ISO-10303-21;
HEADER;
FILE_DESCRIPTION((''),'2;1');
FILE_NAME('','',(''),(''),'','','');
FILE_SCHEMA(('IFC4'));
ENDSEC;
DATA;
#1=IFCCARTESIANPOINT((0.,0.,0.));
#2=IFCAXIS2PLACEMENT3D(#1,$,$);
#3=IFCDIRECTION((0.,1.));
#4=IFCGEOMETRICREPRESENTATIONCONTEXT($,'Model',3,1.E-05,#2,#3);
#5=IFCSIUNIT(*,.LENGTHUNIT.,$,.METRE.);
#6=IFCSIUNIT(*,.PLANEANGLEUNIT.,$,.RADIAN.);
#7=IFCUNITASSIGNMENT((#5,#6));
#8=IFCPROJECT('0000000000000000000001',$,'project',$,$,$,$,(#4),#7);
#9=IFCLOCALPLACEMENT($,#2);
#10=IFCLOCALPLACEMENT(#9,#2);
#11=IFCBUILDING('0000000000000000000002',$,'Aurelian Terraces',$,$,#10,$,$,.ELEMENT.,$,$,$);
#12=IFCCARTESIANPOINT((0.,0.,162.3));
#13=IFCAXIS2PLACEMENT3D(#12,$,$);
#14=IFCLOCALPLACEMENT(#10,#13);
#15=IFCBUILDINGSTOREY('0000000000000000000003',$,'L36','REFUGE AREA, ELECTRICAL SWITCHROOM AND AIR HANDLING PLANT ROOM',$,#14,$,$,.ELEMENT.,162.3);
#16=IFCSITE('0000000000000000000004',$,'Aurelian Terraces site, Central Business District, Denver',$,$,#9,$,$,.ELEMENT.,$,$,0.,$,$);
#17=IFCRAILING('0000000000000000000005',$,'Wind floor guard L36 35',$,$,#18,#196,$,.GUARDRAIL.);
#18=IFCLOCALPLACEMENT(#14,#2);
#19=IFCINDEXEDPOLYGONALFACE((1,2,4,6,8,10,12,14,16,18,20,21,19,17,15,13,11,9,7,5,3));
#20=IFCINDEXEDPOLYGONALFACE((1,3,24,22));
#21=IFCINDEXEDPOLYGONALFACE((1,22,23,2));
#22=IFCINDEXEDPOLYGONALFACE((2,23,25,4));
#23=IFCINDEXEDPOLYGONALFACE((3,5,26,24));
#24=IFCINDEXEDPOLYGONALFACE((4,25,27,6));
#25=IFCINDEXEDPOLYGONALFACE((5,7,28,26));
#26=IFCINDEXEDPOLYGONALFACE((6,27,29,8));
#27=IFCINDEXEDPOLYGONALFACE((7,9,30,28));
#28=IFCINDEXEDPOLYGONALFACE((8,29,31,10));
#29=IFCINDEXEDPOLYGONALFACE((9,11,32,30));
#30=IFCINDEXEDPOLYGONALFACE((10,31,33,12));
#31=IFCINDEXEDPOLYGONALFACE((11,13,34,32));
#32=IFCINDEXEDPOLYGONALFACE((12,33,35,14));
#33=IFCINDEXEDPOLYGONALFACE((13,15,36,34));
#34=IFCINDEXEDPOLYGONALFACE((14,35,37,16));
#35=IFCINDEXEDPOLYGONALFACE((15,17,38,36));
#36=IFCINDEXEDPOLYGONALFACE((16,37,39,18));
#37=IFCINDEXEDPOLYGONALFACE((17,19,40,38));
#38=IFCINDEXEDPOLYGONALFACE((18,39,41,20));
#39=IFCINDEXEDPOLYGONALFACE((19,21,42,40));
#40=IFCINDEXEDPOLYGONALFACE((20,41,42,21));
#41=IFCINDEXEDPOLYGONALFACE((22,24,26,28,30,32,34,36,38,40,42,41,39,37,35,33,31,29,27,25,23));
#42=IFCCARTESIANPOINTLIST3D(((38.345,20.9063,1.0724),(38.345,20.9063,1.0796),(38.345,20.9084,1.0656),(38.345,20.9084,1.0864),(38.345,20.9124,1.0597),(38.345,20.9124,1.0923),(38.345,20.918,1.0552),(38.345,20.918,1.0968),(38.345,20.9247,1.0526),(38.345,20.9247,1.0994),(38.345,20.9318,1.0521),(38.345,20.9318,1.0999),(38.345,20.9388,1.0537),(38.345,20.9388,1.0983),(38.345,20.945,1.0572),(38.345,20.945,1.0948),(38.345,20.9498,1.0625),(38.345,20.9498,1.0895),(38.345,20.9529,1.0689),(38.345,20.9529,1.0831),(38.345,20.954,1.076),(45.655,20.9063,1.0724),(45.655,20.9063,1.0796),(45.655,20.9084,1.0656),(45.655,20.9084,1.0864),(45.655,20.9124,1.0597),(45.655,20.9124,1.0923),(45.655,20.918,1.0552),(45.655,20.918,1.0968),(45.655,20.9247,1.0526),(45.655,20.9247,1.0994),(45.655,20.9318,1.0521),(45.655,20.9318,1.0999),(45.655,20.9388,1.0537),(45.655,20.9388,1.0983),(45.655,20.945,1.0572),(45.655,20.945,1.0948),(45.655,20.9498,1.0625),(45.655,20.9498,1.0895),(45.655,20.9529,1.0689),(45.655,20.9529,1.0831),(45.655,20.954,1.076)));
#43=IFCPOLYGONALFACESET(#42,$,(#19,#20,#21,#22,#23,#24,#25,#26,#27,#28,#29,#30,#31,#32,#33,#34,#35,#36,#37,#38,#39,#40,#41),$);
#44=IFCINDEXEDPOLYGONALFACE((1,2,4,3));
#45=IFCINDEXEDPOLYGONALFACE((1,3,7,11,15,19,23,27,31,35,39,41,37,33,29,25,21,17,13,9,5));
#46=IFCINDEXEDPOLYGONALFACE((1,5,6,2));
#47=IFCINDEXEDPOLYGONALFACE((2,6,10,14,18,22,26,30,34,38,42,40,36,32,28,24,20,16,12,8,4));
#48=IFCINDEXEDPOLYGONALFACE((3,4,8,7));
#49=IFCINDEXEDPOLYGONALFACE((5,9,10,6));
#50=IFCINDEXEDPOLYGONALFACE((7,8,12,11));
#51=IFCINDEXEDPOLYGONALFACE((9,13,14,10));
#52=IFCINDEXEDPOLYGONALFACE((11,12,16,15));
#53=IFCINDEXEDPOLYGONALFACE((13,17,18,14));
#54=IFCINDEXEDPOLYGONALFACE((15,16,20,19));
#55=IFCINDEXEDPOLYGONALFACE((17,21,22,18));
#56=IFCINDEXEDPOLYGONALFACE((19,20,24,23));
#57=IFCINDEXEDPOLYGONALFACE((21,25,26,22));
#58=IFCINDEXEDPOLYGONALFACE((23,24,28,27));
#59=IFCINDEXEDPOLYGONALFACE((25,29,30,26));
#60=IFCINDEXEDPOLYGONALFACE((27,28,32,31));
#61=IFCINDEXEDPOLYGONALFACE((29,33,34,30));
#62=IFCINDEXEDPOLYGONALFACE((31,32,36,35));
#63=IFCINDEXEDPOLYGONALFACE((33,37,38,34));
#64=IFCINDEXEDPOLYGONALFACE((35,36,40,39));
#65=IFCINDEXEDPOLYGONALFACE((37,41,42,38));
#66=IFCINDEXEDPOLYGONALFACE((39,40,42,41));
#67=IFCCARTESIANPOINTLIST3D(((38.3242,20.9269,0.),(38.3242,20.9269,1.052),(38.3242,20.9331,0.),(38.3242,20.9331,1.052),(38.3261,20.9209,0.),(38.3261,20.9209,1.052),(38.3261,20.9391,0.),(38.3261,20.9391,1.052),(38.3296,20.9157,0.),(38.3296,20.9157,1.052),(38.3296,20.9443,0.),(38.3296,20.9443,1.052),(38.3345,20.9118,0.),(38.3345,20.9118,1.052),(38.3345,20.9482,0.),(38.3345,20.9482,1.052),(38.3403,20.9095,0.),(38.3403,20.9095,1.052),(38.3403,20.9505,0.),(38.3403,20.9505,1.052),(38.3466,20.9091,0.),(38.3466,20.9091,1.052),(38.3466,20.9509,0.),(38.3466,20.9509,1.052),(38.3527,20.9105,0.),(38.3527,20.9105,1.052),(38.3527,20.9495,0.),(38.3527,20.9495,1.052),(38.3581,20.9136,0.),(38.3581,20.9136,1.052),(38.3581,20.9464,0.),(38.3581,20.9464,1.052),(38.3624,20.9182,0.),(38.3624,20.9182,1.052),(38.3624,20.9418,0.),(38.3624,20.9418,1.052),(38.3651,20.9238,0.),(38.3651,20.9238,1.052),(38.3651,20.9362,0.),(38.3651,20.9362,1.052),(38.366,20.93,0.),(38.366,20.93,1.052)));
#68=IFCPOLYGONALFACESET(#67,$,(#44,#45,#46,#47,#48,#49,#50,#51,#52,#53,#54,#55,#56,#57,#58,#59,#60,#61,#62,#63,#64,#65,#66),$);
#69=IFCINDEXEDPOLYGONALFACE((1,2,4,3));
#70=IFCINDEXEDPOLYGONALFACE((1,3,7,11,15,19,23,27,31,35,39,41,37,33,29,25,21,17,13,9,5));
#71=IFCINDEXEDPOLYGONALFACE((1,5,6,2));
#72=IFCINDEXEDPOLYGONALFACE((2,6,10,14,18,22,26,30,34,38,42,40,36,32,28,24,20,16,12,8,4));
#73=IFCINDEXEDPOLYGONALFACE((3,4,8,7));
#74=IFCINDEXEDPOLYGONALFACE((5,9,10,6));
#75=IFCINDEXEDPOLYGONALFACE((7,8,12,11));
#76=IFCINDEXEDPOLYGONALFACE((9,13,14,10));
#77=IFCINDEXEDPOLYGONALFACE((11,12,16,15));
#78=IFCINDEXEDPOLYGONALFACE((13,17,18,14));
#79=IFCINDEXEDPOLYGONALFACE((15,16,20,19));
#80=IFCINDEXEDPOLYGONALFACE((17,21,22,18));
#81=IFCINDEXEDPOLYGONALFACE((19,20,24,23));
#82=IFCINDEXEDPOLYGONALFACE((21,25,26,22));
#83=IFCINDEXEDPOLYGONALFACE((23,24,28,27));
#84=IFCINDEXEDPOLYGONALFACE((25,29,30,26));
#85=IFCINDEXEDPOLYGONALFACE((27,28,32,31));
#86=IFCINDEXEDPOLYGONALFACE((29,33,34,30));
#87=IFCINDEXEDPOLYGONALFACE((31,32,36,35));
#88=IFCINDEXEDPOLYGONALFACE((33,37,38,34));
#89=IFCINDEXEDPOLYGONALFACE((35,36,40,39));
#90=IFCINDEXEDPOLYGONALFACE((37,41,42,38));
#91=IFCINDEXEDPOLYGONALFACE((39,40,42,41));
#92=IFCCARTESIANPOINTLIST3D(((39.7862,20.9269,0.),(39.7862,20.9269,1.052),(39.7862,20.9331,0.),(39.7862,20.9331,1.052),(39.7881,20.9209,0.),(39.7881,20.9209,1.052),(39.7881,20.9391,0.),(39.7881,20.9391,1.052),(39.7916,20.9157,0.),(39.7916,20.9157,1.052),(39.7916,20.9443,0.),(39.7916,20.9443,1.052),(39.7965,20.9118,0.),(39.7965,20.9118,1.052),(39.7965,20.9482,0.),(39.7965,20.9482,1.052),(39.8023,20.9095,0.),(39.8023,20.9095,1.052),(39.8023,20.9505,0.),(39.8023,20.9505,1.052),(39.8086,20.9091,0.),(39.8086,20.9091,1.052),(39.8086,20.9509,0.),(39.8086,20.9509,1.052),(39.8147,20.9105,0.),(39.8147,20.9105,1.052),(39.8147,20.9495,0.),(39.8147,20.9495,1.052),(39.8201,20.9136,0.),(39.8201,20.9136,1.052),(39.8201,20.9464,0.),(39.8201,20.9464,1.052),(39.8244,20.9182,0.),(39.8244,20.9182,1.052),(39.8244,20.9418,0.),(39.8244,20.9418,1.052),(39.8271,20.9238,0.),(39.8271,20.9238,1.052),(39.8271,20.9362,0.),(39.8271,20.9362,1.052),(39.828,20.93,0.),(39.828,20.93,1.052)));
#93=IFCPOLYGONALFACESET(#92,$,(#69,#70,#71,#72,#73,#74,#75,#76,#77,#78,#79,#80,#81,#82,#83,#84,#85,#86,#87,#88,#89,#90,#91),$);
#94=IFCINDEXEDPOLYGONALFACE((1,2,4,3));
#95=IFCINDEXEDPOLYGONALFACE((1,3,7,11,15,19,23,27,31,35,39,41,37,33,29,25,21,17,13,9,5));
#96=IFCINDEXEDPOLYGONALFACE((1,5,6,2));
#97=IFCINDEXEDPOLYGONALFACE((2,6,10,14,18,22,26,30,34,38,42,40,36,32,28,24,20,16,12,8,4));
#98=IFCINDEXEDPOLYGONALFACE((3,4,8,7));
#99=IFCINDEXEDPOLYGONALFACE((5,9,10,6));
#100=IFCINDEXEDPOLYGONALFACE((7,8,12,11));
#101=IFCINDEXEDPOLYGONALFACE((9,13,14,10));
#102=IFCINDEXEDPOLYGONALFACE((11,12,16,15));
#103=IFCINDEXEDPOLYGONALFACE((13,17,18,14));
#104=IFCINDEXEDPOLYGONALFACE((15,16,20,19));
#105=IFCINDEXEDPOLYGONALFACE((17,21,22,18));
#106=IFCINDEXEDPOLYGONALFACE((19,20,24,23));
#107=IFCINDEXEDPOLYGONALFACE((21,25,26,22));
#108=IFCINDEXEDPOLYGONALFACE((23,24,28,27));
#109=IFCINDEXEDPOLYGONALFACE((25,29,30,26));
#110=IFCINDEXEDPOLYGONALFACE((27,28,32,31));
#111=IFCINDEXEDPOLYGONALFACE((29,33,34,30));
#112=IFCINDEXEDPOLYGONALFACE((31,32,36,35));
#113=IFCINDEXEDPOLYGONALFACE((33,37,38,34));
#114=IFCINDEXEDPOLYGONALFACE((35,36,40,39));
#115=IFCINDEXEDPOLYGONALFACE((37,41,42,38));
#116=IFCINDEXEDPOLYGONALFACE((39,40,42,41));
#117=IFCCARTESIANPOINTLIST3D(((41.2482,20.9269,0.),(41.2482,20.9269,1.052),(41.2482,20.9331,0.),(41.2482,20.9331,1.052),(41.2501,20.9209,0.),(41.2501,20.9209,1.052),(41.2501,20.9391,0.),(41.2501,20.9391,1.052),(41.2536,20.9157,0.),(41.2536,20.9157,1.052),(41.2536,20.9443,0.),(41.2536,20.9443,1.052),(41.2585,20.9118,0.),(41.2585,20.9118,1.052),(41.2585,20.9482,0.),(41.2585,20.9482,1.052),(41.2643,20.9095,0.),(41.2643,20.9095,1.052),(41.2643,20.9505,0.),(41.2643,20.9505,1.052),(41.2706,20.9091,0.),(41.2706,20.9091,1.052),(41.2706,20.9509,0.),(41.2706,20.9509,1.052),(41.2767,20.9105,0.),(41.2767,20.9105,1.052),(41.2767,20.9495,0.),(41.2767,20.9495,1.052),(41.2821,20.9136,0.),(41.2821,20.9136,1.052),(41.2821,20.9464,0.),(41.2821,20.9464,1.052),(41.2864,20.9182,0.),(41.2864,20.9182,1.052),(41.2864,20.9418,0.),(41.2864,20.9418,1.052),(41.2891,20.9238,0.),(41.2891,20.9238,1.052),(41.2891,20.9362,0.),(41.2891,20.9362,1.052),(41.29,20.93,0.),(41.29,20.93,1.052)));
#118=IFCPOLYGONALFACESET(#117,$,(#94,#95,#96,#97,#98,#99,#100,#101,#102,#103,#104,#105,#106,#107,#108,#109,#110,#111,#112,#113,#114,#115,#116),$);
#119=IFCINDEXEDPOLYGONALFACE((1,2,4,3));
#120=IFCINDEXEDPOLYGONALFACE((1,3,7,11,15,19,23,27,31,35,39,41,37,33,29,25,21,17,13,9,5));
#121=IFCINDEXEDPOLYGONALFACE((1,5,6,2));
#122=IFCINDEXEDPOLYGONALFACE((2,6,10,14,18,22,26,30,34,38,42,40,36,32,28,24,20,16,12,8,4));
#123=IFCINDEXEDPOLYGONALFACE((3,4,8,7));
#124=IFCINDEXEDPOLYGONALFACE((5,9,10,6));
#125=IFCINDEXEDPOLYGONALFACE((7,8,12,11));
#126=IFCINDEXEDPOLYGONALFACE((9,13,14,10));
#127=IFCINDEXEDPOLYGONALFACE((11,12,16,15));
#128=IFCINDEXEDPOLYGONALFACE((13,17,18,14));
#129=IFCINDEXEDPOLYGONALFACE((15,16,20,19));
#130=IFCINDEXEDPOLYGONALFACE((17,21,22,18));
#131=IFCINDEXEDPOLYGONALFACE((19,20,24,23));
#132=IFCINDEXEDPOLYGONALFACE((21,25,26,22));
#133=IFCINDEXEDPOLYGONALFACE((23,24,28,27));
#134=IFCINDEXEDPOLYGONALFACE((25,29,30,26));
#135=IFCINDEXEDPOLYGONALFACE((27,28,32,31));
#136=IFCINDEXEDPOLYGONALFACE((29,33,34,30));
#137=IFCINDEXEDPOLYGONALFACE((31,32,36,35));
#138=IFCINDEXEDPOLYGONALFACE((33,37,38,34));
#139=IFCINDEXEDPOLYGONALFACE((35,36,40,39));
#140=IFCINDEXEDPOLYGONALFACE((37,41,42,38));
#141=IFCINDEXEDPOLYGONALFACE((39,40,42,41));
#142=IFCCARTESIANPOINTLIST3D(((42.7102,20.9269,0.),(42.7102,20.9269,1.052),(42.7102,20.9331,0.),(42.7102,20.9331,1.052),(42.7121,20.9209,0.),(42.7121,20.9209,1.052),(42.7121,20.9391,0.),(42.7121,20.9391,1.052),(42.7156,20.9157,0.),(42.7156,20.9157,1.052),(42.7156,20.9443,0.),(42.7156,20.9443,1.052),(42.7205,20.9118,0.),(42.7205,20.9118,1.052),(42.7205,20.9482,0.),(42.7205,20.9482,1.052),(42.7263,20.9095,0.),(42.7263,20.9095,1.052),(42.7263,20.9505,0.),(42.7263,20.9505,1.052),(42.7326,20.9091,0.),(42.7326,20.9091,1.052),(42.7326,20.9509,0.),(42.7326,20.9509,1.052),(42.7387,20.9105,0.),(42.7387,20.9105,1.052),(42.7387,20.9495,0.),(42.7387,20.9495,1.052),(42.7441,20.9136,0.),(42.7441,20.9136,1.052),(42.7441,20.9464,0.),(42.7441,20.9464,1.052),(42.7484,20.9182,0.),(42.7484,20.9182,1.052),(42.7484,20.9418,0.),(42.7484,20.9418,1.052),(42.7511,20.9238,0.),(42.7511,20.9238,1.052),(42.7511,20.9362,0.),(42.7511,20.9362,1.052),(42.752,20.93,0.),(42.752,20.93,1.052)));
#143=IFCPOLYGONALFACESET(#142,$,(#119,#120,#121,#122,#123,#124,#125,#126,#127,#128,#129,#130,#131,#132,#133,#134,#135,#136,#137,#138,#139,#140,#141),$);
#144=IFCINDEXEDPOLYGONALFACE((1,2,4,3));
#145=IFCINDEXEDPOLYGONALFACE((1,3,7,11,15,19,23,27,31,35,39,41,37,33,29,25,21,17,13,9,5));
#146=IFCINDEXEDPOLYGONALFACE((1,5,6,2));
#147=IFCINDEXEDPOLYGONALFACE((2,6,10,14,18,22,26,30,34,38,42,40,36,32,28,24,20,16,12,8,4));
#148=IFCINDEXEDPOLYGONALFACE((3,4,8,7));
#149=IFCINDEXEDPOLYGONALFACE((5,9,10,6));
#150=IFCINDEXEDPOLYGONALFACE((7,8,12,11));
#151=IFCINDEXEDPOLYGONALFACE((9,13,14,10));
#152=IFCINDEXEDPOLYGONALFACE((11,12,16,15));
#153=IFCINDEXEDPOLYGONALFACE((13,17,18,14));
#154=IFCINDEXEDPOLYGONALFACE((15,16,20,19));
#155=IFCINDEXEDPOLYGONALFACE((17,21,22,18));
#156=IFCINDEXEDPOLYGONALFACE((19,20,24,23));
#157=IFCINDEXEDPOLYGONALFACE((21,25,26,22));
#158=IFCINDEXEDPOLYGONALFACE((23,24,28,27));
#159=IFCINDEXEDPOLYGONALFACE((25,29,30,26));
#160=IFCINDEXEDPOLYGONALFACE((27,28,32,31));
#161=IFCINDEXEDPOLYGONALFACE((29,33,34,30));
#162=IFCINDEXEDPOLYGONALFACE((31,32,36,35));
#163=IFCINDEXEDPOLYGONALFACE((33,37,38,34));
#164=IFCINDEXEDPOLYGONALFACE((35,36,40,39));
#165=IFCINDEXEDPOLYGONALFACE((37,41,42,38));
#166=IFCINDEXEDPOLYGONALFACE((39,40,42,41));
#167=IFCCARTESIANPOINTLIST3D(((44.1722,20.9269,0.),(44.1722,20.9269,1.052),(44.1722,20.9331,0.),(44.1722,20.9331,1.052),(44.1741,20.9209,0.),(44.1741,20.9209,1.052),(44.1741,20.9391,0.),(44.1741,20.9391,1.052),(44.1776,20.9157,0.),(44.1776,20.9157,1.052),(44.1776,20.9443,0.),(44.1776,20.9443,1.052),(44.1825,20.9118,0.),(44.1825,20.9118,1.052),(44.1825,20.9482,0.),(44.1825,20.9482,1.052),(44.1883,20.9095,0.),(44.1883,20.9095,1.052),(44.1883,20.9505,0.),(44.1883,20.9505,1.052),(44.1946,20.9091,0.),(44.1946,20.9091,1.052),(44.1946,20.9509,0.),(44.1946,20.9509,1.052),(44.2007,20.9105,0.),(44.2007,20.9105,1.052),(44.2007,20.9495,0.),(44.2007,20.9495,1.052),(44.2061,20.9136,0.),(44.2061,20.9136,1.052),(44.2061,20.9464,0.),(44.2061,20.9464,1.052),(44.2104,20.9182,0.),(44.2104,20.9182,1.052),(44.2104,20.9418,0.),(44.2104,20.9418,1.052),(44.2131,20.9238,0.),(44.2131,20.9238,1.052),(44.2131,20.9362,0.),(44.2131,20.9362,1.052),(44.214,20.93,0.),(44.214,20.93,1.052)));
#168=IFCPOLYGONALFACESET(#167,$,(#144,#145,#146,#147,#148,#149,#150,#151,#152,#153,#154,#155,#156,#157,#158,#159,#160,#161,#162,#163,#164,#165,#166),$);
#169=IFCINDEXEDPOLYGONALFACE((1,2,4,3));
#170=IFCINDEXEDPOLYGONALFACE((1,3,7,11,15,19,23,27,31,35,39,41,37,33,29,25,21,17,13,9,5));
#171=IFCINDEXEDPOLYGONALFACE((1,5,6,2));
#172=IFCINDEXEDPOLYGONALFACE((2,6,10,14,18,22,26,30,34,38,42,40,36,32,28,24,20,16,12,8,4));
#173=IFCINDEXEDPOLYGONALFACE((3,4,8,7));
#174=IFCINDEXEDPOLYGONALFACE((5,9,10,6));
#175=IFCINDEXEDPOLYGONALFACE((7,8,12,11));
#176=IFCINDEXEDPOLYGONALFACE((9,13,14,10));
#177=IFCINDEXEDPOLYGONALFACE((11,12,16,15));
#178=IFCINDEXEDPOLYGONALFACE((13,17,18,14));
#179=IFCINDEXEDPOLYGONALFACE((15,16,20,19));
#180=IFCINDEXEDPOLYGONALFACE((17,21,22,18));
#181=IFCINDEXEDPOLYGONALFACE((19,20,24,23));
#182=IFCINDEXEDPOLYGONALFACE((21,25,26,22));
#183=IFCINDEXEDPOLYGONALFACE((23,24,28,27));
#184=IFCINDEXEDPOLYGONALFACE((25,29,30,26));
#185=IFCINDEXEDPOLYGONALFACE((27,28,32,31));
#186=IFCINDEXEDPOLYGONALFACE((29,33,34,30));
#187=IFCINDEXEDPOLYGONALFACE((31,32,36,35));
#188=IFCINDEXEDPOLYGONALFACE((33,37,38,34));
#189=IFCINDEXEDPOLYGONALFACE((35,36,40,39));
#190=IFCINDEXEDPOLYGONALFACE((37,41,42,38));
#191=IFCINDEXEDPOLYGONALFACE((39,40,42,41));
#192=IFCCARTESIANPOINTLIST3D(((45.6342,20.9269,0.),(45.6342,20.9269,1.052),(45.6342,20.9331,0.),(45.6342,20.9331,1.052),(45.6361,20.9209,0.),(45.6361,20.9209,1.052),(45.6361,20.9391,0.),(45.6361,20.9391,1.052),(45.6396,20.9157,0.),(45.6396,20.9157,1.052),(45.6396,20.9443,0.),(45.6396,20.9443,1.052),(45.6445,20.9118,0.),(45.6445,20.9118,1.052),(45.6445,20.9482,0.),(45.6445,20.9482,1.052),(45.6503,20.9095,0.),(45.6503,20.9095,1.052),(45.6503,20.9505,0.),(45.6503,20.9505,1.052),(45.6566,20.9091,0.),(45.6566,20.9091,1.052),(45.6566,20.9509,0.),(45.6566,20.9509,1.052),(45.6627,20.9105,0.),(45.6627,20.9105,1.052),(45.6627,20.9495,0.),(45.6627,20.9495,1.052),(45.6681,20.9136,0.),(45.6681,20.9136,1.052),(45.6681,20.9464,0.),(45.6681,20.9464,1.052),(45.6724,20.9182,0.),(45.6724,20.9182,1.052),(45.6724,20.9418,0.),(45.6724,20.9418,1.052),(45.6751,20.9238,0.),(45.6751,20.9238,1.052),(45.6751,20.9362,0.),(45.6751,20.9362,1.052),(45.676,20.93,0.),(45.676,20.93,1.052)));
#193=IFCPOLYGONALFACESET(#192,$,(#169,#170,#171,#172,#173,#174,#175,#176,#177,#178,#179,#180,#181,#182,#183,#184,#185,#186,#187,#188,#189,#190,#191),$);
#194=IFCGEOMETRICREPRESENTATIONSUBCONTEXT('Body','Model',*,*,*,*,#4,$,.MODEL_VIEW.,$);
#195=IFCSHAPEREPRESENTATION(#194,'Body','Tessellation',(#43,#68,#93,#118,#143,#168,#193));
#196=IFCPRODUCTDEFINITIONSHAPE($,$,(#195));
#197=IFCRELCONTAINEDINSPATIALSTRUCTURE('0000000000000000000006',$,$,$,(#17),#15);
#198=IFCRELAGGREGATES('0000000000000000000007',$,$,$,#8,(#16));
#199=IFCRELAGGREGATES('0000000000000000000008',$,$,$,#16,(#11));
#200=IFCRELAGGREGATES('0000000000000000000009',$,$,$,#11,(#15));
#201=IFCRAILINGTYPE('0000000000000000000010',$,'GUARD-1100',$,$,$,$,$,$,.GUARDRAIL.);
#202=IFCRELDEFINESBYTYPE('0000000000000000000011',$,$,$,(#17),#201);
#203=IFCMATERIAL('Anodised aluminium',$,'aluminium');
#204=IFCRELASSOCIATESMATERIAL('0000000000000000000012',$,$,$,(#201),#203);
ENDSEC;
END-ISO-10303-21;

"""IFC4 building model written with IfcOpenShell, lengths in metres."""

from ifc_helpers import new_model, si_unit, direction, frame, origin, origin_2d, place, context, subcontext, project, spatial, circle, extrude, source, transform, mapped, material, type_object, element, save


model = new_model("IFC4")

# Units and contexts
model_context = context("Model", 3, precision=1e-05, world=origin(), true_north=direction((0.0, 1.0)))
body_context = subcontext(model_context, "Body", "Model", "MODEL_VIEW")
ifc_project = project(units=[si_unit("LENGTHUNIT", "METRE"), si_unit("PLANEANGLEUNIT", "RADIAN")], contexts=[model_context])

# Site, building, storey
site_placement = place(None, origin())
site = spatial("IfcSite", under=ifc_project, at=site_placement, Name="Aurelian Terraces site, Central Business District, Denver", CompositionType="ELEMENT", RefElevation=0.0)
building_placement = place(site_placement, origin())
building = spatial("IfcBuilding", under=site, at=building_placement, Name="Aurelian Terraces", CompositionType="ELEMENT")
storey_placement = place(building_placement, frame((0.0, 0.0, 162.3)))
storey = spatial("IfcBuildingStorey", under=building, at=storey_placement, Name="L36", Description="REFUGE AREA, ELECTRICAL SWITCHROOM AND AIR HANDLING PLANT ROOM", CompositionType="ELEMENT", Elevation=162.3)

# Railing
ifc_material_1 = material(Name="Anodised aluminium", Category="aluminium")
railing_type = type_object("IfcRailingType", Name="GUARD-1100", PredefinedType="GUARDRAIL", material=ifc_material_1)
shared_shape_1 = source(origin(), body_context, "Body", "SweptSolid", [
    extrude(circle(Radius=0.024, at=origin_2d()), frame((0.0, 0.0, 1.076), z_axis=(1.0, 0.0, 0.0), x_axis=(0.0, 1.0, 0.0)), (0.0, 0.0, 1.0), 7.31),
    extrude(circle(Radius=0.021, at=origin_2d()), origin(), (0.0, 0.0, 1.0), 1.052),
    extrude(circle(Radius=0.021, at=origin_2d()), frame((1.462, 0.0, 0.0)), (0.0, 0.0, 1.0), 1.052),
    extrude(circle(Radius=0.021, at=origin_2d()), frame((2.924, 0.0, 0.0)), (0.0, 0.0, 1.0), 1.052),
    extrude(circle(Radius=0.021, at=origin_2d()), frame((4.386, 0.0, 0.0)), (0.0, 0.0, 1.0), 1.052),
    extrude(circle(Radius=0.021, at=origin_2d()), frame((5.848, 0.0, 0.0)), (0.0, 0.0, 1.0), 1.052),
    extrude(circle(Radius=0.021, at=origin_2d()), frame((7.31, 0.0, 0.0)), (0.0, 0.0, 1.0), 1.052),
])
railing_1_placement = place(storey_placement, frame((38.345, 20.93, 0.0)))
element("IfcRailing", 1, at=railing_1_placement, inside=storey, type_object=railing_type, Name="Wind floor guard L36 35", PredefinedType="GUARDRAIL", context=body_context, shape_type="MappedRepresentation", body=[
    mapped(shared_shape_1, transform((0.0, 0.0, 0.0), scale=1.0)),
])

save(model, "model.ifc")
